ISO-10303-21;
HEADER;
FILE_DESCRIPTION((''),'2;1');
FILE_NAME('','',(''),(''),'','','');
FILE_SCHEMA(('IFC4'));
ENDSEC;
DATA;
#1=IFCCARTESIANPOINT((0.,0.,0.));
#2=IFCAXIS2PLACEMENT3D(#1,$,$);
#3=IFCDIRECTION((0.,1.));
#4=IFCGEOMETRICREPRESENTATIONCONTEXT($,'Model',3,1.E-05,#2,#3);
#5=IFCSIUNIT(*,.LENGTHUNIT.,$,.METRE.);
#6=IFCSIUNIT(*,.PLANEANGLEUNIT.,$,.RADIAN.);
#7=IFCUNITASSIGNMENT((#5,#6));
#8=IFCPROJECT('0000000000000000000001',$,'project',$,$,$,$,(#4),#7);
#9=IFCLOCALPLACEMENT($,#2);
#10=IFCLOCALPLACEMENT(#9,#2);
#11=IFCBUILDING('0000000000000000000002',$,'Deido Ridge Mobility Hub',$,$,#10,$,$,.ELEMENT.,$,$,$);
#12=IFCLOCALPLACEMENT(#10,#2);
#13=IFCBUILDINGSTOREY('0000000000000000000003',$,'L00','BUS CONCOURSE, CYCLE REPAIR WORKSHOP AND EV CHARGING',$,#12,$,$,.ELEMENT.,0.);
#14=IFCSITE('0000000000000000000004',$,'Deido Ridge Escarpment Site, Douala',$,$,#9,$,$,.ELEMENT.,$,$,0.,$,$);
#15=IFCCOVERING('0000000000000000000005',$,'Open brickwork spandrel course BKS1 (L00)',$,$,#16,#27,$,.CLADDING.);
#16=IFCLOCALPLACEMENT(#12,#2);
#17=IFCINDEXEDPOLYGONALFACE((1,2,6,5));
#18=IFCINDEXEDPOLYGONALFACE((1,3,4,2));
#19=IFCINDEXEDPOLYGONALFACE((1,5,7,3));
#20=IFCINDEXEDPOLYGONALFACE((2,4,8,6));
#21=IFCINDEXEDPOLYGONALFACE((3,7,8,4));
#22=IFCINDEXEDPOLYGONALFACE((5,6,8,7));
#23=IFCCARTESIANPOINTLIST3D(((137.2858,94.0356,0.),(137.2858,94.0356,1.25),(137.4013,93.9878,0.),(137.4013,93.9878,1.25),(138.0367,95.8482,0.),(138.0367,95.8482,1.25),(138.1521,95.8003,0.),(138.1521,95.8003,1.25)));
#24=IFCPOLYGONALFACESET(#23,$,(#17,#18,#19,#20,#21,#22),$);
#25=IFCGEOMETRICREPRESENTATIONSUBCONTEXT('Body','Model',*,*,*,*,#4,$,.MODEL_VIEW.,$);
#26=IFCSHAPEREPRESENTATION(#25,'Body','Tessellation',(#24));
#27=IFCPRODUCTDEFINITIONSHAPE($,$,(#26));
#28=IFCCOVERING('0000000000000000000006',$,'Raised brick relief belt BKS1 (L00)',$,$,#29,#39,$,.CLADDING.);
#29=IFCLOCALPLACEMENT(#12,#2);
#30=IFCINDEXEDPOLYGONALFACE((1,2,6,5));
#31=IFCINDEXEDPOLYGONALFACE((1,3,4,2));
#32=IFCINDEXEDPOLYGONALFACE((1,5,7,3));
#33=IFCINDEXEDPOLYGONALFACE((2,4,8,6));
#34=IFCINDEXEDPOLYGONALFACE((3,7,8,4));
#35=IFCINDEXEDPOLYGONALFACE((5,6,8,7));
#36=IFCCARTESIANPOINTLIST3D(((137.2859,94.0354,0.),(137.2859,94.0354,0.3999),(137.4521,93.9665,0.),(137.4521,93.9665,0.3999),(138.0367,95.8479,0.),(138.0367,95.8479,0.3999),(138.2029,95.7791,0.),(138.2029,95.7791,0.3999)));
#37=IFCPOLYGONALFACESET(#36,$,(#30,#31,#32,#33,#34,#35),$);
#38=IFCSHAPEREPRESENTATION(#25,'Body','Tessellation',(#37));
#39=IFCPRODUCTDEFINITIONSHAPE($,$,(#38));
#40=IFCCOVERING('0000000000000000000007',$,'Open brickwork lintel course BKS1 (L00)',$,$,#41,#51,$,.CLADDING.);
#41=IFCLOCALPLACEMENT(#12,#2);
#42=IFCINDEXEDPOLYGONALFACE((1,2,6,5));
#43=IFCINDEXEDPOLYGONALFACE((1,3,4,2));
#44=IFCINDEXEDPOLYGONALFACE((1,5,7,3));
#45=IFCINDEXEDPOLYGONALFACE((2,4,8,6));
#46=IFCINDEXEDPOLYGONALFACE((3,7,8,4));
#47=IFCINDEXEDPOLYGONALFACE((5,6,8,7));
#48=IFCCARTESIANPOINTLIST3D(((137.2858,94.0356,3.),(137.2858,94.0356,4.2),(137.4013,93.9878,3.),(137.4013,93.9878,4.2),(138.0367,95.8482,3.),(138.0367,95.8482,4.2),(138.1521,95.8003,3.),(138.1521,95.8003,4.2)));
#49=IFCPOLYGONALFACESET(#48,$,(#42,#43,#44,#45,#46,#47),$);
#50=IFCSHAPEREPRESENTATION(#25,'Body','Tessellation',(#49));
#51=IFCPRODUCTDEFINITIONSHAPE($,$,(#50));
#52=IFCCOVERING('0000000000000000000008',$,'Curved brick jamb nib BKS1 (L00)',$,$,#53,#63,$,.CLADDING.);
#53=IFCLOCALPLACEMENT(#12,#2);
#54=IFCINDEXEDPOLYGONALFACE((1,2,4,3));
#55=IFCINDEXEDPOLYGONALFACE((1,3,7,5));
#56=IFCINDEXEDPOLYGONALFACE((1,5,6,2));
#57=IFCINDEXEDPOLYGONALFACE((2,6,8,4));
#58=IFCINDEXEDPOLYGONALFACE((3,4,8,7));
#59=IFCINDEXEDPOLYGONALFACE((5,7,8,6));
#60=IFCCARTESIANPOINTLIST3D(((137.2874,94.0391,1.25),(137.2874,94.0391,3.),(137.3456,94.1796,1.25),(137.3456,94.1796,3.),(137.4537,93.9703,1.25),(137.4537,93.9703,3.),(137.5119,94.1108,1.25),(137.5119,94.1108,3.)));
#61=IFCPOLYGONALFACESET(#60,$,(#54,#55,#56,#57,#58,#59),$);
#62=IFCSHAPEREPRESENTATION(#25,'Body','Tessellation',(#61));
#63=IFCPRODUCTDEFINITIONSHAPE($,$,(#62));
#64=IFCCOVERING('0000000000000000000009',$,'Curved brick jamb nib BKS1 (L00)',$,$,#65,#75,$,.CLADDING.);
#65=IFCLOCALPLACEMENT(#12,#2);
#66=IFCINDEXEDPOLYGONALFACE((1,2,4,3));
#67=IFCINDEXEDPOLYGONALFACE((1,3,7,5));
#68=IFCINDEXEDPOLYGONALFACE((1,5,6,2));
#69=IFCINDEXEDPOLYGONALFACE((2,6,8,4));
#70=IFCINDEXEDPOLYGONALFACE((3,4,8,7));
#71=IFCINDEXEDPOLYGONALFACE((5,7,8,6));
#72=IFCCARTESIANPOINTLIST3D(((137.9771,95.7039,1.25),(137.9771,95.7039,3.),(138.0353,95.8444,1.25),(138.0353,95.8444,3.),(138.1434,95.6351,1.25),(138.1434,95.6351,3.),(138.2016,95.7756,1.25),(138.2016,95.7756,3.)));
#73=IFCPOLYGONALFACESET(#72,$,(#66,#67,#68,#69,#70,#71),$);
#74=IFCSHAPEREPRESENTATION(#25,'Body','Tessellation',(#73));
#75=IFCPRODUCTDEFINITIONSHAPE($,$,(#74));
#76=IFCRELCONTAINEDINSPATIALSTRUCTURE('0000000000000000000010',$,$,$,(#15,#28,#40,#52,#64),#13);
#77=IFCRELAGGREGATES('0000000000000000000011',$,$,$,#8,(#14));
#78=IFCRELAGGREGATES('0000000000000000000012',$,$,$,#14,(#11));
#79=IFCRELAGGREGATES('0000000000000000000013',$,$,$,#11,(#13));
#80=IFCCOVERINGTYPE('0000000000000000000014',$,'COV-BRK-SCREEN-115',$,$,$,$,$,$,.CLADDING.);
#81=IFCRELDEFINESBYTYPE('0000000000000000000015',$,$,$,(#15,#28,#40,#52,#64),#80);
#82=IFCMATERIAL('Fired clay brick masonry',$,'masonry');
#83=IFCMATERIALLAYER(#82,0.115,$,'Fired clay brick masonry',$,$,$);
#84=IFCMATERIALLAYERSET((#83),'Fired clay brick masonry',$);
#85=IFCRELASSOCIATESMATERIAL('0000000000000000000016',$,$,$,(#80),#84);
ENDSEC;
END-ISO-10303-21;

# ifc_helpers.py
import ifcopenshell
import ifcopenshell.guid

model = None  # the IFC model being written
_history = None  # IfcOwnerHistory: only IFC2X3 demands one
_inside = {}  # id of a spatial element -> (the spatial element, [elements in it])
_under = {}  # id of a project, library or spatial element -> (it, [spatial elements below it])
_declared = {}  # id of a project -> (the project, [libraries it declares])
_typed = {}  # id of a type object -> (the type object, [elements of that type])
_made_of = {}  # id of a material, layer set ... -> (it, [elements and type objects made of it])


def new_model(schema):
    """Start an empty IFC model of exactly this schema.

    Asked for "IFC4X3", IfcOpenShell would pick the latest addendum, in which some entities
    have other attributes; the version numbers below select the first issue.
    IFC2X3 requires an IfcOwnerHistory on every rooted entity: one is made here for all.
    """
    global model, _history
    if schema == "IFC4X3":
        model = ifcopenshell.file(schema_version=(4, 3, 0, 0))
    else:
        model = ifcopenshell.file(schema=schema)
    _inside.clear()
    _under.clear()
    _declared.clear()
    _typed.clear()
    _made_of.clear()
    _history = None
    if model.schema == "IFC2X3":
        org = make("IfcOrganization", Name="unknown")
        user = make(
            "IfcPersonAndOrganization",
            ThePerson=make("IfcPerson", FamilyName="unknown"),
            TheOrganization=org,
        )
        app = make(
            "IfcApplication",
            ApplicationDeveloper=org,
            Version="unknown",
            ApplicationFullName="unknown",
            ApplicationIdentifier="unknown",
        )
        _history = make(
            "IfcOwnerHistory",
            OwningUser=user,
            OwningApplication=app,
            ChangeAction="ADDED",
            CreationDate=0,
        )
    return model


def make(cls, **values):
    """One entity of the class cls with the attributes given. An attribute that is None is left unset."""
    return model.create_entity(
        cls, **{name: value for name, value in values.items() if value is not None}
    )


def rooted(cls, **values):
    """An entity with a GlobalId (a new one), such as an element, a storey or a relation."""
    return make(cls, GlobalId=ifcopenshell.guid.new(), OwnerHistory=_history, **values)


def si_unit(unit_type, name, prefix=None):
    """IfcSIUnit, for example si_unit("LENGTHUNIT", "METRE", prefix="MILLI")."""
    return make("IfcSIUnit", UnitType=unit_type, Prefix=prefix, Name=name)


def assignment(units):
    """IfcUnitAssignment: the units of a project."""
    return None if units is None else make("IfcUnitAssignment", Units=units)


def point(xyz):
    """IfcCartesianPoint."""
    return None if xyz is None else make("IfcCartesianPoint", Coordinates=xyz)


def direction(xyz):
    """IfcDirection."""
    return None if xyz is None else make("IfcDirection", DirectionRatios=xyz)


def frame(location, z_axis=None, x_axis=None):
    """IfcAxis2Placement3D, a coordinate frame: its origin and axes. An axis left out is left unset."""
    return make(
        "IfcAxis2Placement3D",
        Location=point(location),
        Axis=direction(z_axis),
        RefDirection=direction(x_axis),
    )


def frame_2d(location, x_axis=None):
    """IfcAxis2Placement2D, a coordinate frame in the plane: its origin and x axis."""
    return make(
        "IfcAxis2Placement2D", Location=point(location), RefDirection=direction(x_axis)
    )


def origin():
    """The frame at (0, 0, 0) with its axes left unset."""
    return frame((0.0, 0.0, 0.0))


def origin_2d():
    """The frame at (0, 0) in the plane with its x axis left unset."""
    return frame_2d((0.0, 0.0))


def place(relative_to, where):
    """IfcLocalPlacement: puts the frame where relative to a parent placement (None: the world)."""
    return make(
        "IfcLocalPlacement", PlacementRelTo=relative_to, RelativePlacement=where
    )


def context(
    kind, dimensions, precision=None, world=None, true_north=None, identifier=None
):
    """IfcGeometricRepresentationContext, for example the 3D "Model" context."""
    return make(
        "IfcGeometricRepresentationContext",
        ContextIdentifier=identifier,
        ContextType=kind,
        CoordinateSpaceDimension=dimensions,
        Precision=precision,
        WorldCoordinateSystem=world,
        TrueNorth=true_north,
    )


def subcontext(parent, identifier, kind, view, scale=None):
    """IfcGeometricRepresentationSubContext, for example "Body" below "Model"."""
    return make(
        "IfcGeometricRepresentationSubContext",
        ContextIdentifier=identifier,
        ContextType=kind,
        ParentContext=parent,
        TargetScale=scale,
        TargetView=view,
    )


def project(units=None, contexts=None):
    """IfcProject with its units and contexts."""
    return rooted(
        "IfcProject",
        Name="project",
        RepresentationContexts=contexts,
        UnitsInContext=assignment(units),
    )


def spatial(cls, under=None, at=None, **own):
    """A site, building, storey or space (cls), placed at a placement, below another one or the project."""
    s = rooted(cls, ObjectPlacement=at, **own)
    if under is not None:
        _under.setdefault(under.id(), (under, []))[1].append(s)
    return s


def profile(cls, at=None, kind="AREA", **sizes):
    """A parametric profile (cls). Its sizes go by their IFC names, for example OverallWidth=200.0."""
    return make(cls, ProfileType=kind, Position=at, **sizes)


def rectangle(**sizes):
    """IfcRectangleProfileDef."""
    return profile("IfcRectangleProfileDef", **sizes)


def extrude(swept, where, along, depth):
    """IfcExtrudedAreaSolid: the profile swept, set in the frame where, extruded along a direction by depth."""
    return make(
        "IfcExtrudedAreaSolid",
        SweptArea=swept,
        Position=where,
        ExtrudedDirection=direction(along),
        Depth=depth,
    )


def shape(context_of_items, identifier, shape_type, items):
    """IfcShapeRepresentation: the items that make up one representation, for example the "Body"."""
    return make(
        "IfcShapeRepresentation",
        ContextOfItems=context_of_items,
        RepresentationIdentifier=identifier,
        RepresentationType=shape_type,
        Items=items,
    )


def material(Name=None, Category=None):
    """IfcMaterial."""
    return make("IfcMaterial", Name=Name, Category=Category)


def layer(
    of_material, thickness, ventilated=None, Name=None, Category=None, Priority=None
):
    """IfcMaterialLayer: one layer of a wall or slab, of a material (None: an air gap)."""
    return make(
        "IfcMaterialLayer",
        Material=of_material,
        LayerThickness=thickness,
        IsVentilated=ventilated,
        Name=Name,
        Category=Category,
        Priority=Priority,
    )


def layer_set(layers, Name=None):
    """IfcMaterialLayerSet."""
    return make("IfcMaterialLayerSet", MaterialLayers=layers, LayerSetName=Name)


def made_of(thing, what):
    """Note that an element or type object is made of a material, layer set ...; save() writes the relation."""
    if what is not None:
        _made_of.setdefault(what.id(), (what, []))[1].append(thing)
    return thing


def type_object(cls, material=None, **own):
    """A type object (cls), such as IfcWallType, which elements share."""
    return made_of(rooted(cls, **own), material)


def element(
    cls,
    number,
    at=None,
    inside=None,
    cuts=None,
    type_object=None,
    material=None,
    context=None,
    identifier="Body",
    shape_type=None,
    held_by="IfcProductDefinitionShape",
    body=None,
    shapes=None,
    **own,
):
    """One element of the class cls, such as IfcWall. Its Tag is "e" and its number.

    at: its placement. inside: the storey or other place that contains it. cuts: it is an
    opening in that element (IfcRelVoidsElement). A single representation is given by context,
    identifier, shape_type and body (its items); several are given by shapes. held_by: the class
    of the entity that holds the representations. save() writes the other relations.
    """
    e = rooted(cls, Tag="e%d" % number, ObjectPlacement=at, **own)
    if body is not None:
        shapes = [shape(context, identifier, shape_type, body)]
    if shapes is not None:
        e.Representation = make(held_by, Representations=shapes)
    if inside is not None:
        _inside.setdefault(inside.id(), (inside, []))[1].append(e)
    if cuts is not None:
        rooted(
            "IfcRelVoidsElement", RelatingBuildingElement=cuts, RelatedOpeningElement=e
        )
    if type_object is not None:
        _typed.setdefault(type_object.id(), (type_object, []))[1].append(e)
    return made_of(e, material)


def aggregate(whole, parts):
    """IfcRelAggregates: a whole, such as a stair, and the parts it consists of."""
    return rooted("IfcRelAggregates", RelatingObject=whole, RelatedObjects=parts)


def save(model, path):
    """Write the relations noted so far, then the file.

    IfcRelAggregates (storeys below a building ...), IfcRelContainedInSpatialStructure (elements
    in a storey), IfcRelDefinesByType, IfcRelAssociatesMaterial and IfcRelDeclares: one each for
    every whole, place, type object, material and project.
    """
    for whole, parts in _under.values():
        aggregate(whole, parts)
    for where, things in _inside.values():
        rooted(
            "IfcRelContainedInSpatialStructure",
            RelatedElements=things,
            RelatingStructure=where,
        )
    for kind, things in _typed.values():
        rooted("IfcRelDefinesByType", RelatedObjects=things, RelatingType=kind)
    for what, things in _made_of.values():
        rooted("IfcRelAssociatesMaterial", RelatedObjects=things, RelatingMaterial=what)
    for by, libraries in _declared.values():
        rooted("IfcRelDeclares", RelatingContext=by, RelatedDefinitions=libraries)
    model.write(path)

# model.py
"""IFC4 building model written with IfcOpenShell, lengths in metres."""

from ifc_helpers import new_model, si_unit, direction, frame, origin, origin_2d, place, context, subcontext, project, spatial, rectangle, extrude, material, layer, layer_set, type_object, element, save


model = new_model("IFC4")

# Units and contexts
model_context = context("Model", 3, precision=1e-05, world=origin(), true_north=direction((0.0, 1.0)))
body_context = subcontext(model_context, "Body", "Model", "MODEL_VIEW")
ifc_project = project(units=[si_unit("LENGTHUNIT", "METRE"), si_unit("PLANEANGLEUNIT", "RADIAN")], contexts=[model_context])

# Site, building, storey
site_placement = place(None, origin())
site = spatial("IfcSite", under=ifc_project, at=site_placement, Name="Deido Ridge Escarpment Site, Douala", CompositionType="ELEMENT", RefElevation=0.0)
building_placement = place(site_placement, origin())
building = spatial("IfcBuilding", under=site, at=building_placement, Name="Deido Ridge Mobility Hub", CompositionType="ELEMENT")
storey_placement = place(building_placement, origin())
storey = spatial("IfcBuildingStorey", under=building, at=storey_placement, Name="L00", Description="BUS CONCOURSE, CYCLE REPAIR WORKSHOP AND EV CHARGING", CompositionType="ELEMENT", Elevation=0.0)

# Coverings
ifc_material_1 = material(Name="Fired clay brick masonry", Category="masonry")
ifc_layer = layer(ifc_material_1, 0.115, Name="Fired clay brick masonry")
ifc_layer_set = layer_set([ifc_layer], Name="Fired clay brick masonry")
covering_type = type_object("IfcCoveringType", Name="COV-BRK-SCREEN-115", PredefinedType="CLADDING", material=ifc_layer_set)
covering_1_placement = place(storey_placement, frame((137.719, 94.918, 0.0), z_axis=(0.0, 0.0, 1.0), x_axis=(0.3827, 0.923873, 0.0)))
element("IfcCovering", 1, at=covering_1_placement, inside=storey, type_object=covering_type, Name="Open brickwork spandrel course BKS1 (L00)", PredefinedType="CLADDING", context=body_context, shape_type="SweptSolid", body=[
    extrude(rectangle(XDim=1.9619, YDim=0.125, at=origin_2d()), origin(), (0.0, 0.0, 1.0), 1.25),
])
covering_2_placement = place(storey_placement, frame((137.7444, 94.9072, 0.0), z_axis=(0.0, 0.0, 1.0), x_axis=(0.3827, 0.923873, 0.0)))
element("IfcCovering", 2, at=covering_2_placement, inside=storey, type_object=covering_type, Name="Raised brick relief belt BKS1 (L00)", PredefinedType="CLADDING", context=body_context, shape_type="SweptSolid", body=[
    extrude(rectangle(XDim=1.9619, YDim=0.1799, at=origin_2d()), origin(), (0.0, 0.0, 1.0), 0.3999),
])
covering_3_placement = place(storey_placement, frame((137.719, 94.918, 3.0), z_axis=(0.0, 0.0, 1.0), x_axis=(0.3827, 0.923873, 0.0)))
element("IfcCovering", 3, at=covering_3_placement, inside=storey, type_object=covering_type, Name="Open brickwork lintel course BKS1 (L00)", PredefinedType="CLADDING", context=body_context, shape_type="SweptSolid", body=[
    extrude(rectangle(XDim=1.9619, YDim=0.125, at=origin_2d()), origin(), (0.0, 0.0, 1.0), 1.2),
])
for number, where, z_axis, x_axis, name in (
    (4, (137.3997, 94.075, 1.25), (0.0, 0.0, 1.0), (0.3827, 0.923873, 0.0), "Curved brick jamb nib BKS1 (L00)"),
    (5, (138.0894, 95.7397, 1.25), (0.0, 0.0, 1.0), (0.3827, 0.923873, 0.0), "Curved brick jamb nib BKS1 (L00)"),
):
    element("IfcCovering", number, at=place(storey_placement, frame(where, z_axis=z_axis, x_axis=x_axis)), inside=storey, type_object=covering_type, Name=name, PredefinedType="CLADDING", context=body_context, shape_type="SweptSolid", body=[
        extrude(rectangle(XDim=0.1521, YDim=0.1799, at=origin_2d()), origin(), (0.0, 0.0, 1.0), 1.75),
    ])

save(model, "model.ifc")
